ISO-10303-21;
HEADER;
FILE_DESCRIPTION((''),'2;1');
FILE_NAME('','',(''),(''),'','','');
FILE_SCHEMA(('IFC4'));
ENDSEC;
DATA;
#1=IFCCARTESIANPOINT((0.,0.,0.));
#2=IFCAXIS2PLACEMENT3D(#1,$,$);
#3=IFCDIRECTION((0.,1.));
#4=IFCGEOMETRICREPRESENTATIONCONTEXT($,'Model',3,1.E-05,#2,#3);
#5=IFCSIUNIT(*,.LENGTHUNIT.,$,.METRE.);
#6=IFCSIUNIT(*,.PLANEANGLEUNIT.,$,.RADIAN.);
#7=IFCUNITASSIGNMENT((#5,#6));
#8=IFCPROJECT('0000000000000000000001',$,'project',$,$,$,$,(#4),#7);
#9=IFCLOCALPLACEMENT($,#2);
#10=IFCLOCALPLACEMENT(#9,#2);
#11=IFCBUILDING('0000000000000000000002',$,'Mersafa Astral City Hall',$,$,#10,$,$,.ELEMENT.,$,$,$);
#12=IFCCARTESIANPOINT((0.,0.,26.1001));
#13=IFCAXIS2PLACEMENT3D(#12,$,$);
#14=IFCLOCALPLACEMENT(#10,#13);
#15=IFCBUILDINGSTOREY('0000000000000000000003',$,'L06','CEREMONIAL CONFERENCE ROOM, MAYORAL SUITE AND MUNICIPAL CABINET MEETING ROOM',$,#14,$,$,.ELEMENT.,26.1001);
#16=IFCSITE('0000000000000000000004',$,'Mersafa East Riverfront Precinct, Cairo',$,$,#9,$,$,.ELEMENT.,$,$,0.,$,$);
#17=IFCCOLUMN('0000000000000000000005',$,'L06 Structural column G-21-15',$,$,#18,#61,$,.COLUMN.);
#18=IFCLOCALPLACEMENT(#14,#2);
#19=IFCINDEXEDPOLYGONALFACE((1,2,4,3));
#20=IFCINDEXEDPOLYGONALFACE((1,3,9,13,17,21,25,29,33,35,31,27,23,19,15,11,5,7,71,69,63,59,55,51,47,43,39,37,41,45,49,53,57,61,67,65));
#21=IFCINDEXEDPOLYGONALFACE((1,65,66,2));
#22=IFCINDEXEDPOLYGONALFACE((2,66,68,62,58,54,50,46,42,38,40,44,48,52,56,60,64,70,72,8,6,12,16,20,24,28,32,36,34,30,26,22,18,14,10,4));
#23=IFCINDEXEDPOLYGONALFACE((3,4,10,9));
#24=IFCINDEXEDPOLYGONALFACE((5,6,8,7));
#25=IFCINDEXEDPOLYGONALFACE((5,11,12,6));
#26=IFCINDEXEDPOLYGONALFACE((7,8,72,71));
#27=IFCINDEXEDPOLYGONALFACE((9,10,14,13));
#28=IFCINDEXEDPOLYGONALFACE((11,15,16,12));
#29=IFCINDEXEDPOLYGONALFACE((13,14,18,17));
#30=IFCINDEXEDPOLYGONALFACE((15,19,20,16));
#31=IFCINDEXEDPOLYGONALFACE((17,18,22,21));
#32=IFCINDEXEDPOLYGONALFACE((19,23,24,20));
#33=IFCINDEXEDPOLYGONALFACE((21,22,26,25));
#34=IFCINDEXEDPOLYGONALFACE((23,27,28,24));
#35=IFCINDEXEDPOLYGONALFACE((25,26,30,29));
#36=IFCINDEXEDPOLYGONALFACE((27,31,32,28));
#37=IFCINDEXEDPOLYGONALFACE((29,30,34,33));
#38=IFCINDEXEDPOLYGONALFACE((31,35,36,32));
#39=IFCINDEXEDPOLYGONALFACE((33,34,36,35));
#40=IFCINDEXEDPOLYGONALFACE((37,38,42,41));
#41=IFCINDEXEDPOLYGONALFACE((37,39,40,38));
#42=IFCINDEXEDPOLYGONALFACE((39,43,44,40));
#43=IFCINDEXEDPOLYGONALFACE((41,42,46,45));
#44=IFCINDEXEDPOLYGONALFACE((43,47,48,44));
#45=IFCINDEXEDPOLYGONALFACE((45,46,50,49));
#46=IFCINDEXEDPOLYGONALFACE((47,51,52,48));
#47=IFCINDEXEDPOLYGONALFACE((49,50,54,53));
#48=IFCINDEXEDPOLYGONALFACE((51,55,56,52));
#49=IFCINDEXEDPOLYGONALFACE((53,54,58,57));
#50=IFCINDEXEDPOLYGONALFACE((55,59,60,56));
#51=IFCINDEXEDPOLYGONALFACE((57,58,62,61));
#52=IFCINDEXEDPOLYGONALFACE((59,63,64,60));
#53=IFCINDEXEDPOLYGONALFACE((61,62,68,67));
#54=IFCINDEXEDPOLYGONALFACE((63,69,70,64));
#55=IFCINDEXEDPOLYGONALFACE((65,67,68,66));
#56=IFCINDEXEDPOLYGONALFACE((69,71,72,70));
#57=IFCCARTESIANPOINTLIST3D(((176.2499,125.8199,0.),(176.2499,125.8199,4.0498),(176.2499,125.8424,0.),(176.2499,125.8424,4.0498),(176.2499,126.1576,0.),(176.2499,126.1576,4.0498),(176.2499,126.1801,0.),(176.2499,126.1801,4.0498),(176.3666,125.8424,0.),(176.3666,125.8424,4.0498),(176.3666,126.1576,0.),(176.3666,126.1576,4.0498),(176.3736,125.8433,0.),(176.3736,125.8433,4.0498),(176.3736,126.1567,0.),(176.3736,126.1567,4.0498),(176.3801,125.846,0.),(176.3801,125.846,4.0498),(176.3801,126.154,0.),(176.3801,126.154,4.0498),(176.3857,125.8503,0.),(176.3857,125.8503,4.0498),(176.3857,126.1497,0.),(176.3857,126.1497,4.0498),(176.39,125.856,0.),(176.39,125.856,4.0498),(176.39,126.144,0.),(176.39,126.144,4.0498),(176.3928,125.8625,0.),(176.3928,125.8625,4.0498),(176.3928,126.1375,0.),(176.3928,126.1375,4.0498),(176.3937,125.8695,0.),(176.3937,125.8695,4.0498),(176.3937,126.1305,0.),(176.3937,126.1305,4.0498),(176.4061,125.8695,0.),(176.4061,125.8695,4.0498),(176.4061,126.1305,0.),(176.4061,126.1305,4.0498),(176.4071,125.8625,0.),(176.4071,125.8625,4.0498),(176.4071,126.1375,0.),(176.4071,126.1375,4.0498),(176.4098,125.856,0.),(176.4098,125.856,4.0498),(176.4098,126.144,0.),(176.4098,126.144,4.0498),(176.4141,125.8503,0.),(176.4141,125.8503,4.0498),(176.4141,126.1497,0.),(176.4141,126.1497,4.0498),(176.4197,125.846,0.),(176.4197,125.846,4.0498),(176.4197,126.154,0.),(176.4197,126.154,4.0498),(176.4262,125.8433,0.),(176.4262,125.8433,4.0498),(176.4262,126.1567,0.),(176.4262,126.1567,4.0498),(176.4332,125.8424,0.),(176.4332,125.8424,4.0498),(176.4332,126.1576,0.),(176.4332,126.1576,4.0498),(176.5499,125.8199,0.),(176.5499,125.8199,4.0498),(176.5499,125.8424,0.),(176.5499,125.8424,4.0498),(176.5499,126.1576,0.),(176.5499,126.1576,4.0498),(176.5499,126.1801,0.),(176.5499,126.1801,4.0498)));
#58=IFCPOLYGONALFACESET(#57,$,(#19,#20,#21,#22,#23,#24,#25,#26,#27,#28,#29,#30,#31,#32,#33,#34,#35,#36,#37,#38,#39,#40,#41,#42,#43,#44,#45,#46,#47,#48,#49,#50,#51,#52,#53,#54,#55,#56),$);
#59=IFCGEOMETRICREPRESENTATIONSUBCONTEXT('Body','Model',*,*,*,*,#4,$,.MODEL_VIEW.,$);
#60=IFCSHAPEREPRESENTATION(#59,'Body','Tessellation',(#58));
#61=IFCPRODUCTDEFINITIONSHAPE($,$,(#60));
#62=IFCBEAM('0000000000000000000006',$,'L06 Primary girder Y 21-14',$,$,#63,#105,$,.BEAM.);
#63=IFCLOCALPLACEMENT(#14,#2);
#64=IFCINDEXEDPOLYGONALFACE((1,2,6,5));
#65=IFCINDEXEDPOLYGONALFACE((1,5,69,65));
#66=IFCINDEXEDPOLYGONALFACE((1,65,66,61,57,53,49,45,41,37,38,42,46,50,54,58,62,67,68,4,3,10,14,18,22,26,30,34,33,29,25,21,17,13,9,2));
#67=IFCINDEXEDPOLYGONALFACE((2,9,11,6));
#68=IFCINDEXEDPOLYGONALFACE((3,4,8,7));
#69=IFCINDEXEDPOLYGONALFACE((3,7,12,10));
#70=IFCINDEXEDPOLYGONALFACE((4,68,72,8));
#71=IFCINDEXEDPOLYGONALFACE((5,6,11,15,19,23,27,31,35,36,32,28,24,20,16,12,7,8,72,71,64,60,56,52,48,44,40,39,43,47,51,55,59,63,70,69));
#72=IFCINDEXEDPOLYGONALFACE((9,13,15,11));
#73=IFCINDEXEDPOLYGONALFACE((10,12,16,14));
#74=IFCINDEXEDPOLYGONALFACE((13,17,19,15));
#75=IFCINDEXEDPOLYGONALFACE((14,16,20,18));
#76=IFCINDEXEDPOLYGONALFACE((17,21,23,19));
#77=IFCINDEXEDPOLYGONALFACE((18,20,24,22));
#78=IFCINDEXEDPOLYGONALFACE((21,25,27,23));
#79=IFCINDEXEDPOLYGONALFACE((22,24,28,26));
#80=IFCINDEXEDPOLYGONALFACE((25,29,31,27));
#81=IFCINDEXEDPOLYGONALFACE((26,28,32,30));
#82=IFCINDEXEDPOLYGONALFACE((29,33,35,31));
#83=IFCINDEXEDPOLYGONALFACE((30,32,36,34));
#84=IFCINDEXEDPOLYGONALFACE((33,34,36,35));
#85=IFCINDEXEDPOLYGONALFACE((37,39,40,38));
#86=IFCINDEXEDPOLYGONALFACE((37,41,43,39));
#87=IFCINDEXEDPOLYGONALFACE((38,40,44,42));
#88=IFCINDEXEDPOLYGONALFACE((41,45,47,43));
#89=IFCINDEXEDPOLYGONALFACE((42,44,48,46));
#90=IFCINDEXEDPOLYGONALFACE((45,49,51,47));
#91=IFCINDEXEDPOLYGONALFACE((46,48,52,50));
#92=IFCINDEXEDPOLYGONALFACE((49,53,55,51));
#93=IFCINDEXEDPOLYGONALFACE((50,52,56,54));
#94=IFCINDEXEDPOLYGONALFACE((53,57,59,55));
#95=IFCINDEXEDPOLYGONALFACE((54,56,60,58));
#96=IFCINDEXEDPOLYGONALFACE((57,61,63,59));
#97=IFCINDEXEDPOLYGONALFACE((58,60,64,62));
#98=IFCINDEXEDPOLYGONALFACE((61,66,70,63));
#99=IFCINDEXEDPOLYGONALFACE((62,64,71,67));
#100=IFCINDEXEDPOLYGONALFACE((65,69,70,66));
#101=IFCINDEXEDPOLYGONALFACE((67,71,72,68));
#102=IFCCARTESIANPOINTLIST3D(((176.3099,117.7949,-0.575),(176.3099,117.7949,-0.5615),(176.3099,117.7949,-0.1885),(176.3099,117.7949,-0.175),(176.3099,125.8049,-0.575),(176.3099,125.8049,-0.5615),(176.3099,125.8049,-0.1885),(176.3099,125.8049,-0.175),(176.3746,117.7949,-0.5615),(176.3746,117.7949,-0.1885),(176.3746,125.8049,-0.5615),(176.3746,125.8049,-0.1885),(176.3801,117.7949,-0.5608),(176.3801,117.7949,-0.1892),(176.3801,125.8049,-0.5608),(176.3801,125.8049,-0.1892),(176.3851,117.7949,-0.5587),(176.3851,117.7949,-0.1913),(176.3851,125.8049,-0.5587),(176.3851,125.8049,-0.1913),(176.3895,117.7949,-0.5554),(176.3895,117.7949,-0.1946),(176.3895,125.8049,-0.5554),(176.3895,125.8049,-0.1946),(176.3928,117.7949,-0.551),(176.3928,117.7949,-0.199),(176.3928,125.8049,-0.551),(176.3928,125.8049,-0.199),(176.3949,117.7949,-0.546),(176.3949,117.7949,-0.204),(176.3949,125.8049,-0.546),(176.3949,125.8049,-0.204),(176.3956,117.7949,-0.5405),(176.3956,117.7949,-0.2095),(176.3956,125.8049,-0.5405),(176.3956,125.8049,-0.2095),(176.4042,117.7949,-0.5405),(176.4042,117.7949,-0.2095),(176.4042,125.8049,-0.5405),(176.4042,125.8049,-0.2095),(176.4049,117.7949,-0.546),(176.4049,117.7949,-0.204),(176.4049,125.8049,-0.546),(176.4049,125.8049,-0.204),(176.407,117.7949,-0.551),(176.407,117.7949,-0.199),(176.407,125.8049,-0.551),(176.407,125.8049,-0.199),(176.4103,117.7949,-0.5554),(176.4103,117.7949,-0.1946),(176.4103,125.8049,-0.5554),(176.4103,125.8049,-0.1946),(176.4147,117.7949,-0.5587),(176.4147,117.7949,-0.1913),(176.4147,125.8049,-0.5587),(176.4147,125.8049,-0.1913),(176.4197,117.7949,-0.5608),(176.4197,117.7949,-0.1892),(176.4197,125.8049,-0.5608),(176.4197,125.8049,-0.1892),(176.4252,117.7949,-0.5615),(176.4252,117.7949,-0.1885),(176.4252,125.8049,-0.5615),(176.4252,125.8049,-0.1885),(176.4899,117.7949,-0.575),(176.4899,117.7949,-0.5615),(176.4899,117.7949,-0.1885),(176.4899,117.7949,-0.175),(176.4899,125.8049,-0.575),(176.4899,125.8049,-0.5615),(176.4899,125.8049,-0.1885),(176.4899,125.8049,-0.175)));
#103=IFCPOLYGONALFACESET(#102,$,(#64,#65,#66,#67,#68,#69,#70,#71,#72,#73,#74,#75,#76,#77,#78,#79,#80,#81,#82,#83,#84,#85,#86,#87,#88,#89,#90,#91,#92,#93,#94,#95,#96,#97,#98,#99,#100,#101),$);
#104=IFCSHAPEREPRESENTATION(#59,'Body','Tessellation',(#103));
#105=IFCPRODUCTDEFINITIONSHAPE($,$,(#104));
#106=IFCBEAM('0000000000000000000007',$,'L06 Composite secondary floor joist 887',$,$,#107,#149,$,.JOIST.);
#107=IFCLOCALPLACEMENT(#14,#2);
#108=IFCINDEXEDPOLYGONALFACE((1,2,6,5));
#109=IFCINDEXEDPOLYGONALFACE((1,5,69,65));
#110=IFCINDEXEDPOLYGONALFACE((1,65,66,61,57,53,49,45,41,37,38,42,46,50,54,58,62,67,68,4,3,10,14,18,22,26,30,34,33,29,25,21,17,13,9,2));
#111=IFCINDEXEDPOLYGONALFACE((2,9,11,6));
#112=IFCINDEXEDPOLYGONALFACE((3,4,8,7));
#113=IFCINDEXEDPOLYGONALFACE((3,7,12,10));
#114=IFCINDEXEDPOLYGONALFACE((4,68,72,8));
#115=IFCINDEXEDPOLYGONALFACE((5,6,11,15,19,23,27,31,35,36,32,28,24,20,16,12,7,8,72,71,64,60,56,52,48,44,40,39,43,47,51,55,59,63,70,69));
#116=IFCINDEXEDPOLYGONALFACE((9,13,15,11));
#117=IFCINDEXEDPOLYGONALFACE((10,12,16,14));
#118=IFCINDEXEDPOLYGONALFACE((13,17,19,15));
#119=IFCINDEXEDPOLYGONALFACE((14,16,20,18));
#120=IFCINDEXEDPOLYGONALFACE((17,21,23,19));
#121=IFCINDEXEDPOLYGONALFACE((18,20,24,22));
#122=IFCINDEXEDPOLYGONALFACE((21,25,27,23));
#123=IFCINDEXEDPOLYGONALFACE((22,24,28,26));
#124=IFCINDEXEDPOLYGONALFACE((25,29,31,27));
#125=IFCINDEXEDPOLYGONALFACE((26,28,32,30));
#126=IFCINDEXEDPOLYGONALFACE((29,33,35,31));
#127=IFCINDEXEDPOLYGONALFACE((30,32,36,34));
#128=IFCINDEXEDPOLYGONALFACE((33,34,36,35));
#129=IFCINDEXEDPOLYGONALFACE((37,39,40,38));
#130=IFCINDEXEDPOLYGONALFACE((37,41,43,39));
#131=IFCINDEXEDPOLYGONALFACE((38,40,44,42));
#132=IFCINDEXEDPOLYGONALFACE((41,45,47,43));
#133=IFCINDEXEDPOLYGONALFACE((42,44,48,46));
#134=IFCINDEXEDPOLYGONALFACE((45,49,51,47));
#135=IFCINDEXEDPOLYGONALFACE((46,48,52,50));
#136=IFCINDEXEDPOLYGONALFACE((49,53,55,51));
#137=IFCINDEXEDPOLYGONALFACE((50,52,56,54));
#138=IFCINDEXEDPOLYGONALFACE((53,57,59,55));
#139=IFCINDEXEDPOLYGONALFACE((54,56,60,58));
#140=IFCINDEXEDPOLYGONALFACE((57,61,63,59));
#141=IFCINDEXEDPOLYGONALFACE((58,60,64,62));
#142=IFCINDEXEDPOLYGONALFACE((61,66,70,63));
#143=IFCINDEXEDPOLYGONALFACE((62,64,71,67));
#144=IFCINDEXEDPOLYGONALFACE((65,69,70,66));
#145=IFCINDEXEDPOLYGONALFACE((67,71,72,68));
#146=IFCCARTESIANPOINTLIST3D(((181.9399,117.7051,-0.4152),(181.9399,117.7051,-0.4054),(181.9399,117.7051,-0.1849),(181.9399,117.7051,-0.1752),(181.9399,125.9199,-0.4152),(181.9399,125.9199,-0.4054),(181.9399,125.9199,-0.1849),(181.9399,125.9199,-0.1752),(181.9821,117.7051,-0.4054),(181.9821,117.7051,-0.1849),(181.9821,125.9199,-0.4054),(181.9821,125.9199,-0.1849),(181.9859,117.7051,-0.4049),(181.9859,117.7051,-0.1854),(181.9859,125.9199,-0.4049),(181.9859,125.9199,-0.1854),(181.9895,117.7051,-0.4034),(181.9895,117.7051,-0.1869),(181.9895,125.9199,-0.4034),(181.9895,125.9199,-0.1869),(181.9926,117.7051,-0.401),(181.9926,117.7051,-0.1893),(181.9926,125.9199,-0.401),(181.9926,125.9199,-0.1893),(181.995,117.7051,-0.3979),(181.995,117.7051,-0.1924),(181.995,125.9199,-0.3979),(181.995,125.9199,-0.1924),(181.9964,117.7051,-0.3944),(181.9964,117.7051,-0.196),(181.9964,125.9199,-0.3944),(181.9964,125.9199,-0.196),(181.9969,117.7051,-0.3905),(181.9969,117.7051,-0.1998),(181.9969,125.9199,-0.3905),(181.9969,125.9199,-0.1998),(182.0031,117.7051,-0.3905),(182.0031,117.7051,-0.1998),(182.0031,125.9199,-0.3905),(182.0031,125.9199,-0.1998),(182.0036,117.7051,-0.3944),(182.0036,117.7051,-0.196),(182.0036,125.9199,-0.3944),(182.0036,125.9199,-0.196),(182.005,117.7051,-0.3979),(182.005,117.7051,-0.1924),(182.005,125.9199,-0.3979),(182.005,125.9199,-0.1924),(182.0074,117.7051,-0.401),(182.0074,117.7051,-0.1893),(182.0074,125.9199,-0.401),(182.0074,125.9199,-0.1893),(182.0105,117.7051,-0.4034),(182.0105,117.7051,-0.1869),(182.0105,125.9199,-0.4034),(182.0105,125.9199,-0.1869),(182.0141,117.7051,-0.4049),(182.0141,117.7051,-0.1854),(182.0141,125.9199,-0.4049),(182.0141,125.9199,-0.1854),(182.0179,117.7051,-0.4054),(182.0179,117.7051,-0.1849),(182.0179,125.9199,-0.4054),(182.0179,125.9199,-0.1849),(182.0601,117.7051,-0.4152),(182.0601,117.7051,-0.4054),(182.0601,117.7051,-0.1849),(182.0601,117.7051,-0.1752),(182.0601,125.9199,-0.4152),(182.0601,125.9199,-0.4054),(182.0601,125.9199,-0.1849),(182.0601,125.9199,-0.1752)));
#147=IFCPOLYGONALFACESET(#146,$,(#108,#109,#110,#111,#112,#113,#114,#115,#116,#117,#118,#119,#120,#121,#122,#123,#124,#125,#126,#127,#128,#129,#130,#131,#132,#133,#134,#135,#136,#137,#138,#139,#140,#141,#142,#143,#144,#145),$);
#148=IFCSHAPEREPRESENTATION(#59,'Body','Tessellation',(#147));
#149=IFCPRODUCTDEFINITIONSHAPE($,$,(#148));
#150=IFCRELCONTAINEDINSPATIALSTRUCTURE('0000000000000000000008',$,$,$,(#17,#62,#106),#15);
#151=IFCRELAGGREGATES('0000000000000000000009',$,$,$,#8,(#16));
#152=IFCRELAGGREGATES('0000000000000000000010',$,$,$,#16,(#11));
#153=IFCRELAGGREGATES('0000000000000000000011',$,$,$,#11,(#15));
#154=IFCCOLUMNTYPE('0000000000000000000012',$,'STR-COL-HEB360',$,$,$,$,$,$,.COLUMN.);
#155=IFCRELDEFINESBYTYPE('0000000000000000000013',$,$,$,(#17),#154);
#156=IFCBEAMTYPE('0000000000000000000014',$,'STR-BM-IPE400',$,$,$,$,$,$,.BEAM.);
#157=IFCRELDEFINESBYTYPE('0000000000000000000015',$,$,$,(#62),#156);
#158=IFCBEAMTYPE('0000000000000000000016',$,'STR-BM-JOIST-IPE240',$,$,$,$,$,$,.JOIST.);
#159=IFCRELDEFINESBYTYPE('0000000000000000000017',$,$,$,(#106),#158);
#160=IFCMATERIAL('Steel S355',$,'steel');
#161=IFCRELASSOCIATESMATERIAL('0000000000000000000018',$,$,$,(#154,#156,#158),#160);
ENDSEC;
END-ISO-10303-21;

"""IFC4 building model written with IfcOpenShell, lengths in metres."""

from ifc_helpers import new_model, si_unit, direction, frame, origin, origin_2d, place, context, subcontext, project, spatial, i_section, extrude, material, material_profile, profile_set, type_object, element, save


model = new_model("IFC4")

# Units and contexts
model_context = context("Model", 3, precision=1e-05, world=origin(), true_north=direction((0.0, 1.0)))
body_context = subcontext(model_context, "Body", "Model", "MODEL_VIEW")
ifc_project = project(units=[si_unit("LENGTHUNIT", "METRE"), si_unit("PLANEANGLEUNIT", "RADIAN")], contexts=[model_context])

# Site, building, storey
site_placement = place(None, origin())
site = spatial("IfcSite", under=ifc_project, at=site_placement, Name="Mersafa East Riverfront Precinct, Cairo", CompositionType="ELEMENT", RefElevation=0.0)
building_placement = place(site_placement, origin())
building = spatial("IfcBuilding", under=site, at=building_placement, Name="Mersafa Astral City Hall", CompositionType="ELEMENT")
storey_placement = place(building_placement, frame((0.0, 0.0, 26.1001)))
storey = spatial("IfcBuildingStorey", under=building, at=storey_placement, Name="L06", Description="CEREMONIAL CONFERENCE ROOM, MAYORAL SUITE AND MUNICIPAL CABINET MEETING ROOM", CompositionType="ELEMENT", Elevation=26.1001)

# Column
ifc_material_1 = material(Name="Steel S355", Category="steel")
ifc_material_profile_1 = material_profile(ifc_material_1, i_section(OverallWidth=0.3, OverallDepth=0.3601, WebThickness=0.0125, FlangeThickness=0.0225, FilletRadius=0.0271, at=origin_2d()), Name="HEB 360")
ifc_profile_set_1 = profile_set([ifc_material_profile_1], Name="Steel S355")
column_type = type_object("IfcColumnType", Name="STR-COL-HEB360", PredefinedType="COLUMN", material=ifc_profile_set_1)
column_placement = place(storey_placement, frame((176.3999, 126.0, 0.0), z_axis=(0.0, 0.0, 1.0), x_axis=(1.0, 0.0, 0.0)))
element("IfcColumn", 1, at=column_placement, inside=storey, type_object=column_type, Name="L06 Structural column G-21-15", PredefinedType="COLUMN", context=body_context, shape_type="SweptSolid", body=[
    extrude(i_section(OverallWidth=0.3, OverallDepth=0.3601, WebThickness=0.0125, FlangeThickness=0.0225, FilletRadius=0.0271, at=origin_2d()), origin(), (0.0, 0.0, 1.0), 4.0498),
])

# Beams
ifc_material_profile_2 = material_profile(ifc_material_1, i_section(OverallWidth=0.1799, OverallDepth=0.3999, WebThickness=0.0085, FlangeThickness=0.0134, FilletRadius=0.021, at=origin_2d()), Name="IPE 400")
ifc_profile_set_2 = profile_set([ifc_material_profile_2], Name="Steel S355")
beam_type_1 = type_object("IfcBeamType", Name="STR-BM-IPE400", PredefinedType="BEAM", material=ifc_profile_set_2)
beam_1_placement = place(storey_placement, frame((176.3999, 117.7949, -0.375), z_axis=(0.0, 1.0, 0.0), x_axis=(-1.0, 0.0, 0.0)))
element("IfcBeam", 2, at=beam_1_placement, inside=storey, type_object=beam_type_1, Name="L06 Primary girder Y 21-14", PredefinedType="BEAM", context=body_context, shape_type="SweptSolid", body=[
    extrude(i_section(OverallWidth=0.1799, OverallDepth=0.3999, WebThickness=0.0085, FlangeThickness=0.0134, FilletRadius=0.021, at=origin_2d()), origin(), (0.0, 0.0, 1.0), 8.01),
])
ifc_material_profile_3 = material_profile(ifc_material_1, i_section(OverallWidth=0.1201, OverallDepth=0.24, WebThickness=0.0061, FlangeThickness=0.0098, FilletRadius=0.0149, at=origin_2d()), Name="IPE 240")
ifc_profile_set_3 = profile_set([ifc_material_profile_3], Name="Steel S355")
beam_type_2 = type_object("IfcBeamType", Name="STR-BM-JOIST-IPE240", PredefinedType="JOIST", material=ifc_profile_set_3)
beam_2_placement = place(storey_placement, frame((182.0, 117.7051, -0.2952), z_axis=(0.0, 1.0, 0.0), x_axis=(-1.0, 0.0, 0.0)))
element("IfcBeam", 3, at=beam_2_placement, inside=storey, type_object=beam_type_2, Name="L06 Composite secondary floor joist 887", PredefinedType="JOIST", context=body_context, shape_type="SweptSolid", body=[
    extrude(i_section(OverallWidth=0.1201, OverallDepth=0.24, WebThickness=0.0061, FlangeThickness=0.0098, FilletRadius=0.0149, at=origin_2d()), origin(), (0.0, 0.0, 1.0), 8.2148),
])

save(model, "model.ifc")
